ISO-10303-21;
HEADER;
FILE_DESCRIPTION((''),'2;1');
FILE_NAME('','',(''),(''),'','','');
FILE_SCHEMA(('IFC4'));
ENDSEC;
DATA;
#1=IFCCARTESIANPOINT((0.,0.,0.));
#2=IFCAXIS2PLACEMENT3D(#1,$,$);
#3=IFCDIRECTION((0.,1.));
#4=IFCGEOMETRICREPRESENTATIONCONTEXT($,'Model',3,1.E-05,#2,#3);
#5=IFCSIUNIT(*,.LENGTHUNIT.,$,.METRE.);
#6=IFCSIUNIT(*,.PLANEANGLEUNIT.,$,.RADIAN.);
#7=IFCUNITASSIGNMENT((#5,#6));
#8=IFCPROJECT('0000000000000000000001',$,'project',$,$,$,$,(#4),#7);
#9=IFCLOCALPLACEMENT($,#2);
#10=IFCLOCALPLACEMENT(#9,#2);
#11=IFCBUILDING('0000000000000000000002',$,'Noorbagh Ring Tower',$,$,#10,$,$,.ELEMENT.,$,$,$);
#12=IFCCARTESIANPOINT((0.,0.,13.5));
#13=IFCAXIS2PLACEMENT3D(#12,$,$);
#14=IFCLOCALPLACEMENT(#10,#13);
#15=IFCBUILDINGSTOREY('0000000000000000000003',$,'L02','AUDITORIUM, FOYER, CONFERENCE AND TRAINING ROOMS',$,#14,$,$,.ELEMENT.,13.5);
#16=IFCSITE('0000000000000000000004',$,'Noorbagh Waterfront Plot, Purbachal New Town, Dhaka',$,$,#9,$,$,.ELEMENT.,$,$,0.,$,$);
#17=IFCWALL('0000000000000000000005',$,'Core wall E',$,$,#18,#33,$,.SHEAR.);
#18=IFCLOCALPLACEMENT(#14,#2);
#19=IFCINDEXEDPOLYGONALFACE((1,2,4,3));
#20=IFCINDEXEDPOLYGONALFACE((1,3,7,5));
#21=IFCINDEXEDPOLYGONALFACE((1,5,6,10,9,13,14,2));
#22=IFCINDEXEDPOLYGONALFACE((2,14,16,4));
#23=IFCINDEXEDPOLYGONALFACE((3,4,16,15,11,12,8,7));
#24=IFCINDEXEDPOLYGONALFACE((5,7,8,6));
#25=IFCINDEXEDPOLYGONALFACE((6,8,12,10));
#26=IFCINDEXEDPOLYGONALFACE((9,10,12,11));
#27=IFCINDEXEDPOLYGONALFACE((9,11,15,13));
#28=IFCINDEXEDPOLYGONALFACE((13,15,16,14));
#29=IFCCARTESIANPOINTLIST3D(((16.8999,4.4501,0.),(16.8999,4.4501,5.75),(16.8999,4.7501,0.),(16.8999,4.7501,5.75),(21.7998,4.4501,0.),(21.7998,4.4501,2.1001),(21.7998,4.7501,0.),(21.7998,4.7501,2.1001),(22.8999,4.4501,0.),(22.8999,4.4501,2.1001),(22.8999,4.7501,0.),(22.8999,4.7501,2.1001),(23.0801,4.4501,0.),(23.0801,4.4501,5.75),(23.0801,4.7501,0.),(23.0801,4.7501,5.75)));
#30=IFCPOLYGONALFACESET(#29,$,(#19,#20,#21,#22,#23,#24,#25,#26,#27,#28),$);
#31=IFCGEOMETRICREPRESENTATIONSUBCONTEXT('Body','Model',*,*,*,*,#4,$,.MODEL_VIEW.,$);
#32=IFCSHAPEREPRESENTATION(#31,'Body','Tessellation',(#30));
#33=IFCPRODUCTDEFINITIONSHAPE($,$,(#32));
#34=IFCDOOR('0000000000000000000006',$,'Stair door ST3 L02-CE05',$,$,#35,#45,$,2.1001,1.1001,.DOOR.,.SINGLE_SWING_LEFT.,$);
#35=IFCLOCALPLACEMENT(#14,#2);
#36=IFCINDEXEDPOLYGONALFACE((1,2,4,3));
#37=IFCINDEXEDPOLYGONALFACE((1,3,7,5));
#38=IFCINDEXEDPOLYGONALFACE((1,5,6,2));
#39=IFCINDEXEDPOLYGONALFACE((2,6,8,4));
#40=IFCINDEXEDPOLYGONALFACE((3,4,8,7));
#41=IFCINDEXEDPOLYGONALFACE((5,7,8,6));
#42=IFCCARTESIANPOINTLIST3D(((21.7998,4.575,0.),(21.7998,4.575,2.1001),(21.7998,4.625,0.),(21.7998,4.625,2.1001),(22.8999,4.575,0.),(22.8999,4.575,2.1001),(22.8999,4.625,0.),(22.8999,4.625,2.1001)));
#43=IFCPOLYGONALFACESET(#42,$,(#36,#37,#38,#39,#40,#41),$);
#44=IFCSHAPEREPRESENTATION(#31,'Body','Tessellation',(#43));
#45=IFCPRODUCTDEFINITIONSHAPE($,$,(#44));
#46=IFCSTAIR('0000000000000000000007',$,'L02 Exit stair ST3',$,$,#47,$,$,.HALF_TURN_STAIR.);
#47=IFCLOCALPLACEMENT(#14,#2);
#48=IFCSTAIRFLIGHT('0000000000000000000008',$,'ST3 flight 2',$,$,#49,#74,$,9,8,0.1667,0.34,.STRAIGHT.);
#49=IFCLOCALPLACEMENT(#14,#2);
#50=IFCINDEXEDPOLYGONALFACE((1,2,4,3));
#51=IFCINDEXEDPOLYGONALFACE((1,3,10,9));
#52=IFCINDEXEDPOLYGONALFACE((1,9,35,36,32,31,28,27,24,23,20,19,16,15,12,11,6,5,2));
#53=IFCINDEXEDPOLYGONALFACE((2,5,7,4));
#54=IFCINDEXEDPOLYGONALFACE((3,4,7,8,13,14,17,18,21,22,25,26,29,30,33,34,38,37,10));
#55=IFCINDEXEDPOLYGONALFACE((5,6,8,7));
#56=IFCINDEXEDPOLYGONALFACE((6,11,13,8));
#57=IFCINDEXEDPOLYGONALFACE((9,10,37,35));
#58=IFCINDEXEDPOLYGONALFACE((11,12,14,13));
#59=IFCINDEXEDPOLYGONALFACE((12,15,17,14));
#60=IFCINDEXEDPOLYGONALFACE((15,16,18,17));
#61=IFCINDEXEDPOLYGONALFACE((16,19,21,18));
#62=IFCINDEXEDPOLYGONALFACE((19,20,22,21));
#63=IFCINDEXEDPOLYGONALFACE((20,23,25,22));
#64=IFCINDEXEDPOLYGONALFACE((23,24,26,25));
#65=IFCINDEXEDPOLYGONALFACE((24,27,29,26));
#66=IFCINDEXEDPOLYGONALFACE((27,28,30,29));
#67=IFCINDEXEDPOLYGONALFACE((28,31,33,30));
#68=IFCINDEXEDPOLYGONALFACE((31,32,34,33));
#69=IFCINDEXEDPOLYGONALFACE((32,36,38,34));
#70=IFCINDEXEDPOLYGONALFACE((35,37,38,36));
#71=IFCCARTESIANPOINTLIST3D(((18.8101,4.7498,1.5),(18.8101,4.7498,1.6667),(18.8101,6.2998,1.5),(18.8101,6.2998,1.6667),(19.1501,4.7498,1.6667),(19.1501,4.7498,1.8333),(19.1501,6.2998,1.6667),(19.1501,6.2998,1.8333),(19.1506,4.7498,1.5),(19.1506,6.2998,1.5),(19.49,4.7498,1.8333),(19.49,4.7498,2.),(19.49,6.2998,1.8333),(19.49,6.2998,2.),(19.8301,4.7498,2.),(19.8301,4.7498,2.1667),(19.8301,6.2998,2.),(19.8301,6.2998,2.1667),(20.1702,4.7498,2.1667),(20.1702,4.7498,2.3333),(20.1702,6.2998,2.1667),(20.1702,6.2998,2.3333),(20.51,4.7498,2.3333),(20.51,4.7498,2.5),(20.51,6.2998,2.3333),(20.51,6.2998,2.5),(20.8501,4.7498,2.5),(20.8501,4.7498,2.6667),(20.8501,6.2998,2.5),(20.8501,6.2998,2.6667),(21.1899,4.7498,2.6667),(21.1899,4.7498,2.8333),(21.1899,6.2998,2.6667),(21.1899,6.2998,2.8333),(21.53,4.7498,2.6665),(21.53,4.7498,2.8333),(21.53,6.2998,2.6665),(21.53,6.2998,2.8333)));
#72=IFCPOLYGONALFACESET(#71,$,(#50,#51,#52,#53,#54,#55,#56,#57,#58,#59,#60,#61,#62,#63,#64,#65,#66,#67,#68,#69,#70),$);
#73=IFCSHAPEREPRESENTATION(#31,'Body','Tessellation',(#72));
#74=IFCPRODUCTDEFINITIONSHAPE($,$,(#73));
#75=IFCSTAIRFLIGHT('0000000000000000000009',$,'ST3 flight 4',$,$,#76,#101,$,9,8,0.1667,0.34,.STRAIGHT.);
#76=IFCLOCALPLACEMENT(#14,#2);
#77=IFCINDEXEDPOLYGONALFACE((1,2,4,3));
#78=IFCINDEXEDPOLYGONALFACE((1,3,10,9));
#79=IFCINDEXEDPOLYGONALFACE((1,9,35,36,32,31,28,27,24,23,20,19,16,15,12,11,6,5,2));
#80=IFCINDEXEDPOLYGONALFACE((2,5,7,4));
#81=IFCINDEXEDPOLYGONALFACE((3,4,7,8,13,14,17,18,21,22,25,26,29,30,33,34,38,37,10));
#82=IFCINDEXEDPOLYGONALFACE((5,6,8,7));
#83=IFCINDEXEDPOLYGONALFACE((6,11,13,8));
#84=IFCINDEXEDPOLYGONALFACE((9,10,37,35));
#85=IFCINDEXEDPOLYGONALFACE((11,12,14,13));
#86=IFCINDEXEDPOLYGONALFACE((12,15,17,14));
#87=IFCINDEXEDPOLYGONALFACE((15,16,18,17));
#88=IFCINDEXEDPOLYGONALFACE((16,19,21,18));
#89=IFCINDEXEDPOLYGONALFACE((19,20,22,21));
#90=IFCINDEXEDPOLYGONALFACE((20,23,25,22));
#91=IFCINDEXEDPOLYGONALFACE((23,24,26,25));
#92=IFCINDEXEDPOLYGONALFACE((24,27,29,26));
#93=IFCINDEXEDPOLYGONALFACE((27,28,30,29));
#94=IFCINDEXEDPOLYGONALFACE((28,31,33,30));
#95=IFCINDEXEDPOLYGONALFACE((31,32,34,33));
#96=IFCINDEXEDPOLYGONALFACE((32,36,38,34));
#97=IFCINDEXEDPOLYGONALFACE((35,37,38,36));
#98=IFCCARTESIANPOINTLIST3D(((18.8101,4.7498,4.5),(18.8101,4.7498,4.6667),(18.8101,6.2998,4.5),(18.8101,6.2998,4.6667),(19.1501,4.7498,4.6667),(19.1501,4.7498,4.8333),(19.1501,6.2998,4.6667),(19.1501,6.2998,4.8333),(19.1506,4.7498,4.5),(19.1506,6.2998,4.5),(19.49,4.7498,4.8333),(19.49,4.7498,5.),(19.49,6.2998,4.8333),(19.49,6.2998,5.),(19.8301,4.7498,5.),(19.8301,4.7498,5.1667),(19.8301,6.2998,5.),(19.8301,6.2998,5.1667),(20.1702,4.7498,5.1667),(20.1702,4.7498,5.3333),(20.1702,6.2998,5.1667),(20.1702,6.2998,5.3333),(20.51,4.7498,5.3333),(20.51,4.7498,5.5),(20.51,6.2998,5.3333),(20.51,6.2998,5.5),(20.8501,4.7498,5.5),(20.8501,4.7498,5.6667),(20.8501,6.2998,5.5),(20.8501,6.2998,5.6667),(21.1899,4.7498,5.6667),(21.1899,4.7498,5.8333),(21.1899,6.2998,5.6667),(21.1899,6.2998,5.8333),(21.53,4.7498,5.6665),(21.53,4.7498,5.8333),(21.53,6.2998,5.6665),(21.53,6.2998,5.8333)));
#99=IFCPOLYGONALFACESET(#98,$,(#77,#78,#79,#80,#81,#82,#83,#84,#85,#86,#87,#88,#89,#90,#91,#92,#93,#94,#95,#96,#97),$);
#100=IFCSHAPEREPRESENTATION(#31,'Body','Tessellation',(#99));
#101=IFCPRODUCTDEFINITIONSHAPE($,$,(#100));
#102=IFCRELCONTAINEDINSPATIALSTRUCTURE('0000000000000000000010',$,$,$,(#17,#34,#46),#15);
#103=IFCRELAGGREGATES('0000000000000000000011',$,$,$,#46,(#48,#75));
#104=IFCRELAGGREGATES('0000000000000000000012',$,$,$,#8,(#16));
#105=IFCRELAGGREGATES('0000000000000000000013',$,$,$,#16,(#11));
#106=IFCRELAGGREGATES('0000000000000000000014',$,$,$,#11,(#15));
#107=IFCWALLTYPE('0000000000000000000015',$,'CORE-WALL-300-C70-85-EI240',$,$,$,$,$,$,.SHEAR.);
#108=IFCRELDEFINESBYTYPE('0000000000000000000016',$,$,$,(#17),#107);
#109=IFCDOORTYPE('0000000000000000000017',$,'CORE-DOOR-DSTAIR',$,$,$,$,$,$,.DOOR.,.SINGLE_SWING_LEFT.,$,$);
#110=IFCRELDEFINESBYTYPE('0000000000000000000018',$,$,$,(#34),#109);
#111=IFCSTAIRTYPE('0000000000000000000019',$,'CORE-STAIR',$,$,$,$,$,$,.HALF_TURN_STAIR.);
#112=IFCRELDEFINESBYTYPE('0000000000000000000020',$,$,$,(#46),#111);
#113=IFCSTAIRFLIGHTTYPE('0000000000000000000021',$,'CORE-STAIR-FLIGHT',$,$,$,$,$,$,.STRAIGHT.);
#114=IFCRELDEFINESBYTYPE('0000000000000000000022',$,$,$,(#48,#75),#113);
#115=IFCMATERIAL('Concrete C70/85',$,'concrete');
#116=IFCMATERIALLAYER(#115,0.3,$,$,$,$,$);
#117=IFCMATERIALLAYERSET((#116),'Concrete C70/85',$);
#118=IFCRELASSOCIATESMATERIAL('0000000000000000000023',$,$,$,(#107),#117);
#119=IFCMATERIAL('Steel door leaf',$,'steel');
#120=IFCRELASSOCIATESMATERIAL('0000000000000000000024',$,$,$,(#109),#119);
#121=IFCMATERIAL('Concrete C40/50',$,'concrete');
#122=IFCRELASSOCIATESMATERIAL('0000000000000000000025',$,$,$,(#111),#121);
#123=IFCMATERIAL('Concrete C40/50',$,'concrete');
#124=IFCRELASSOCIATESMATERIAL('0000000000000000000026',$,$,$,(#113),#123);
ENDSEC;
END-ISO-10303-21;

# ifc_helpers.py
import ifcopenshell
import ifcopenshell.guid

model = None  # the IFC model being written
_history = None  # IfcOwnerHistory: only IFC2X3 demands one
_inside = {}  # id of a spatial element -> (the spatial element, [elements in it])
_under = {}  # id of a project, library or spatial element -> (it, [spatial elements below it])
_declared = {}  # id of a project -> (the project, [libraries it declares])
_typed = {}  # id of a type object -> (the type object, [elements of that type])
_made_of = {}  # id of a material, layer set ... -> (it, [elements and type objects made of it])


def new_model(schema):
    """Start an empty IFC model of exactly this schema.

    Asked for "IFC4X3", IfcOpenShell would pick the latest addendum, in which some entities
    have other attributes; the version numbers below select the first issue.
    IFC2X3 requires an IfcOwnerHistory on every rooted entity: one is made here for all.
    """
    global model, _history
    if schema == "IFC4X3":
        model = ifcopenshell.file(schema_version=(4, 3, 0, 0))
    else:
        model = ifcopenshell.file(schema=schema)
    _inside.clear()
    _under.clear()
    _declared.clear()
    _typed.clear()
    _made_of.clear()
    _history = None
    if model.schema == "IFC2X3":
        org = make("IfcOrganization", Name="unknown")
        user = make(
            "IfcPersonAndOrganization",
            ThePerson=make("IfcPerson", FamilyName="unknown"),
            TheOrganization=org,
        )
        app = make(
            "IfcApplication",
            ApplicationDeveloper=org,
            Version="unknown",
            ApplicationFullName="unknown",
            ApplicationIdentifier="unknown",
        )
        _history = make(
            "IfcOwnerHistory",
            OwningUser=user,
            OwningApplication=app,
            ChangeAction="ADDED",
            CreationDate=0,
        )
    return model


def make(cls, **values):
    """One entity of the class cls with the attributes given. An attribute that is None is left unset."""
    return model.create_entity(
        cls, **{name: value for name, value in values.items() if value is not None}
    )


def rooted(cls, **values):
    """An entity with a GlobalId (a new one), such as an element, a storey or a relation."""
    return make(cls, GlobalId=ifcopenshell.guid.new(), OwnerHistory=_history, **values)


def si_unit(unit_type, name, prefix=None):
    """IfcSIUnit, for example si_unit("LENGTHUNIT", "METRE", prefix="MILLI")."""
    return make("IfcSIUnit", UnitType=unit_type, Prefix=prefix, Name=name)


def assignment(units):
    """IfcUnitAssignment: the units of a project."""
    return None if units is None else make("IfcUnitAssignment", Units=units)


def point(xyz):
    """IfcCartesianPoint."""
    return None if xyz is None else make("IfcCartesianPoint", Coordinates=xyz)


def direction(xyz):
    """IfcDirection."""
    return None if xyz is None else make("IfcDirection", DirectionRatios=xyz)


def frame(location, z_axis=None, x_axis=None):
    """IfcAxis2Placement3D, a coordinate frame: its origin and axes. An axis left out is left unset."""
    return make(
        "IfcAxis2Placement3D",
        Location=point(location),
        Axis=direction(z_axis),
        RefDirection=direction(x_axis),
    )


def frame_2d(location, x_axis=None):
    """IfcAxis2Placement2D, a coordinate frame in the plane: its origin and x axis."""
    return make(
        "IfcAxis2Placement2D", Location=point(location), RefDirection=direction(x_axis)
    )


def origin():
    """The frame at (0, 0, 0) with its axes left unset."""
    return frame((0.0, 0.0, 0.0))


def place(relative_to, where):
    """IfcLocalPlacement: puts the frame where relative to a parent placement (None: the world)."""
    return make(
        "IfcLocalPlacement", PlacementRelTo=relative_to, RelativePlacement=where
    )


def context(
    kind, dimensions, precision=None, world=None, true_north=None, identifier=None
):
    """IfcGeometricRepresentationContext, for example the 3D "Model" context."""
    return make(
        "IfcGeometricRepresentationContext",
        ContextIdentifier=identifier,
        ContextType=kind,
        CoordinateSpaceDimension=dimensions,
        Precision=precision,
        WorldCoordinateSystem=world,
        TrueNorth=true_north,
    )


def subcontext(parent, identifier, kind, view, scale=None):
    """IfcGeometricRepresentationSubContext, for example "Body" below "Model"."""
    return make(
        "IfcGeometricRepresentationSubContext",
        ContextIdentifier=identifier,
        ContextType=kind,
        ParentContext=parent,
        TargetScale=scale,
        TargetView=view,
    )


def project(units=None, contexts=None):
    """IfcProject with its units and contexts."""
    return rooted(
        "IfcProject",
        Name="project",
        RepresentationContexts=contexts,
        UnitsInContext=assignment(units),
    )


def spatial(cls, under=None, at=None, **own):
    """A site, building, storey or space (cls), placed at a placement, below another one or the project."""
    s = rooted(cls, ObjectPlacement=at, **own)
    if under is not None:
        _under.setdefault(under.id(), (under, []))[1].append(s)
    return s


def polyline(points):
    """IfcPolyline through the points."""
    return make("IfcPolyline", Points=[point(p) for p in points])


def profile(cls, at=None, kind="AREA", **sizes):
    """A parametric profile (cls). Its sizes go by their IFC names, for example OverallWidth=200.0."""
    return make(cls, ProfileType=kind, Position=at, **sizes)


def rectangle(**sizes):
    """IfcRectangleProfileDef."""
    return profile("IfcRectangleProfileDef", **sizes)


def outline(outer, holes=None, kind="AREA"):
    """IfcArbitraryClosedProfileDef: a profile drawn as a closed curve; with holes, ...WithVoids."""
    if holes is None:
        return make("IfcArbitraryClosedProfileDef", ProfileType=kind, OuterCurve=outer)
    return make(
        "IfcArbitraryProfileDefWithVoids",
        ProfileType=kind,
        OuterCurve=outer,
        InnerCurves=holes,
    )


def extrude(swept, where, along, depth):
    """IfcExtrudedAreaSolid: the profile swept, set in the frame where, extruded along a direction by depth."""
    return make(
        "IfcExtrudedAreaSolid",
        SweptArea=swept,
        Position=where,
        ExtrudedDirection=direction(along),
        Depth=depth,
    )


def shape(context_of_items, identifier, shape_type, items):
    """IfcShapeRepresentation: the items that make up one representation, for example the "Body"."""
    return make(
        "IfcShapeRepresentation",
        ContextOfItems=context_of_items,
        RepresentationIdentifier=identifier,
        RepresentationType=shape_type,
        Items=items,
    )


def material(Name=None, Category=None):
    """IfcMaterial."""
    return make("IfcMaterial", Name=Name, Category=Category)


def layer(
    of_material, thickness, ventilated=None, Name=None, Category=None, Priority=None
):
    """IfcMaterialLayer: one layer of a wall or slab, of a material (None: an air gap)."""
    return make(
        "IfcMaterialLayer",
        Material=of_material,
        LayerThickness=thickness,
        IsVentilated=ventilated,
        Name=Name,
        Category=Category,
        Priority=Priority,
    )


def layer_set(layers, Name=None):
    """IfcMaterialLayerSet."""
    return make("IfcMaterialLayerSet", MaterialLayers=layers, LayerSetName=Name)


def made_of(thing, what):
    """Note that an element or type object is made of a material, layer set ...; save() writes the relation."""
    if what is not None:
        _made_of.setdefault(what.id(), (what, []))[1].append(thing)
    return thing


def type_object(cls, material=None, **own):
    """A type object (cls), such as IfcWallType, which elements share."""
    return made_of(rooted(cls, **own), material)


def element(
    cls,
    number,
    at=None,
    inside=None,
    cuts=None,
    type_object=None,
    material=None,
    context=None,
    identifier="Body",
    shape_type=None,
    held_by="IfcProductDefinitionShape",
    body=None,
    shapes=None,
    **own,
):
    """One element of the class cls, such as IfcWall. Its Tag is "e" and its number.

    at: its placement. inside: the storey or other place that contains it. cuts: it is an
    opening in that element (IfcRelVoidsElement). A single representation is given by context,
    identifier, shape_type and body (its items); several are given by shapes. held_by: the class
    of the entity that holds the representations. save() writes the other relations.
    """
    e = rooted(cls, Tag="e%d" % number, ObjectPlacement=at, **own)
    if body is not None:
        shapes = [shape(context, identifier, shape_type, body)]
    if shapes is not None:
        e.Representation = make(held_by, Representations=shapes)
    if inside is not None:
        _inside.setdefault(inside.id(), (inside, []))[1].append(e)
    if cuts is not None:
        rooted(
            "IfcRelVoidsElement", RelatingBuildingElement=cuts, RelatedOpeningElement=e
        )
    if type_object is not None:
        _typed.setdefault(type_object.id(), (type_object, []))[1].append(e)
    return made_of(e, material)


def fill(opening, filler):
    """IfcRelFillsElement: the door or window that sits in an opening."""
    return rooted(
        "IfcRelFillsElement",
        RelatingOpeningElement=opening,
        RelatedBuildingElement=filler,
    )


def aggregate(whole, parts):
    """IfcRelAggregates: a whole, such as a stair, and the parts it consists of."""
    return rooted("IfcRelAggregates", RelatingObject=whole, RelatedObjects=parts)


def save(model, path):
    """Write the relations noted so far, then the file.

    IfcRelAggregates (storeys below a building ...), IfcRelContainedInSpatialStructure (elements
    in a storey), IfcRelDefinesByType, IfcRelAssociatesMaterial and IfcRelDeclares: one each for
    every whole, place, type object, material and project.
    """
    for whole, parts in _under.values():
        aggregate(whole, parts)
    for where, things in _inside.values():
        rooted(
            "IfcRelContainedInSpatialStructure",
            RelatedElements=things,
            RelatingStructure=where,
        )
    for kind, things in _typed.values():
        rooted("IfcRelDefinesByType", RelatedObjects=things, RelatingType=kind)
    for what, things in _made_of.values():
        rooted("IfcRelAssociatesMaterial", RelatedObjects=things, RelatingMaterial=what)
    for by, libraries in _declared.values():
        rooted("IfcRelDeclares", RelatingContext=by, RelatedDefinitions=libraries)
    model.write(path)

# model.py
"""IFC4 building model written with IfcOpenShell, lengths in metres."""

from ifc_helpers import new_model, si_unit, direction, frame, frame_2d, origin, place, context, subcontext, project, spatial, polyline, rectangle, outline, extrude, material, layer, layer_set, type_object, element, fill, aggregate, save


model = new_model("IFC4")

# Units and contexts
model_context = context("Model", 3, precision=1e-05, world=origin(), true_north=direction((0.0, 1.0)))
body_context = subcontext(model_context, "Body", "Model", "MODEL_VIEW")
ifc_project = project(units=[si_unit("LENGTHUNIT", "METRE"), si_unit("PLANEANGLEUNIT", "RADIAN")], contexts=[model_context])

# Site, building, storey
site_placement = place(None, origin())
site = spatial("IfcSite", under=ifc_project, at=site_placement, Name="Noorbagh Waterfront Plot, Purbachal New Town, Dhaka", CompositionType="ELEMENT", RefElevation=0.0)
building_placement = place(site_placement, origin())
building = spatial("IfcBuilding", under=site, at=building_placement, Name="Noorbagh Ring Tower", CompositionType="ELEMENT")
storey_placement = place(building_placement, frame((0.0, 0.0, 13.5)))
storey = spatial("IfcBuildingStorey", under=building, at=storey_placement, Name="L02", Description="AUDITORIUM, FOYER, CONFERENCE AND TRAINING ROOMS", CompositionType="ELEMENT", Elevation=13.5)

# Wall, opening, door
ifc_material_1 = material(Name="Concrete C70/85", Category="concrete")
ifc_layer_1 = layer(ifc_material_1, 0.3)
ifc_layer_set_1 = layer_set([ifc_layer_1], Name="Concrete C70/85")
wall_type_1 = type_object("IfcWallType", Name="CORE-WALL-300-C70-85-EI240", PredefinedType="SHEAR", material=ifc_layer_set_1)
wall_1_placement = place(storey_placement, frame((16.8999, 4.6001, 0.0), z_axis=(0.0, 0.0, 1.0), x_axis=(1.0, 0.0, 0.0)))
wall_1 = element("IfcWall", 1, at=wall_1_placement, inside=storey, type_object=wall_type_1, Name="Core wall E", PredefinedType="SHEAR", context=body_context, shape_type="SweptSolid", body=[
    extrude(rectangle(XDim=6.1802, YDim=0.3, at=frame_2d((3.0901, 0.0))), origin(), (0.0, 0.0, 1.0), 5.75),
])
opening_1_placement = place(wall_1_placement, frame((4.8999, 0.0, 0.0)))
opening_1 = element("IfcOpeningElement", 2, at=opening_1_placement, cuts=wall_1, PredefinedType="OPENING", context=body_context, shape_type="SweptSolid", body=[
    extrude(rectangle(XDim=1.1001, YDim=2.1001, at=frame_2d((0.55, 1.05))), frame((0.0, 0.1602, 0.0), z_axis=(0.0, -1.0, 0.0), x_axis=(1.0, 0.0, 0.0)), (0.0, 0.0, 1.0), 0.3201),
])
ifc_material_2 = material(Name="Steel door leaf", Category="steel")
door_type_1 = type_object("IfcDoorType", Name="CORE-DOOR-DSTAIR", OperationType="SINGLE_SWING_LEFT", PredefinedType="DOOR", material=ifc_material_2)
door_1_placement = place(opening_1_placement, origin())
door_1 = element("IfcDoor", 3, at=door_1_placement, inside=storey, type_object=door_type_1, Name="Stair door ST3 L02-CE05", OperationType="SINGLE_SWING_LEFT", OverallHeight=2.1001, OverallWidth=1.1001, PredefinedType="DOOR", context=body_context, shape_type="SweptSolid", body=[
    extrude(rectangle(XDim=1.1001, YDim=2.1001, at=frame_2d((0.55, 1.05))), frame((0.0, 0.0249, 0.0), z_axis=(0.0, -1.0, 0.0), x_axis=(1.0, 0.0, 0.0)), (0.0, 0.0, 1.0), 0.05),
])
fill(opening_1, door_1)

# Stair, stair flights
ifc_material_3 = material(Name="Concrete C40/50", Category="concrete")
stair_type = type_object("IfcStairType", Name="CORE-STAIR", PredefinedType="HALF_TURN_STAIR", material=ifc_material_3)
stair_placement = place(storey_placement, origin())
stair = element("IfcStair", 4, at=stair_placement, inside=storey, type_object=stair_type, Name="L02 Exit stair ST3", PredefinedType="HALF_TURN_STAIR")
ifc_material_4 = material(Name="Concrete C40/50", Category="concrete")
stair_flight_type = type_object("IfcStairFlightType", Name="CORE-STAIR-FLIGHT", PredefinedType="STRAIGHT", material=ifc_material_4)
stair_flight_1_placement = place(storey_placement, frame((18.8101, 5.5249, 1.5), z_axis=(0.0, 0.0, 1.0), x_axis=(1.0, 0.0, 0.0)))
stair_flight_1 = element("IfcStairFlight", 5, at=stair_flight_1_placement, type_object=stair_flight_type, Name="ST3 flight 2", NumberOfRisers=9, NumberOfTreads=8, PredefinedType="STRAIGHT", RiserHeight=0.1667, TreadLength=0.34, context=body_context, shape_type="SweptSolid", body=[
    extrude(outline(polyline([(0.0, 0.0), (0.0, 0.1667), (0.3401, 0.1667), (0.3401, 0.3333), (0.6799, 0.3333), (0.6799, 0.5), (1.02, 0.5), (1.02, 0.6667), (1.3601, 0.6667), (1.3601, 0.8333), (1.7, 0.8333), (1.7, 1.0), (2.04, 1.0), (2.04, 1.1667), (2.3799, 1.1667), (2.3799, 1.3333), (2.72, 1.3333), (2.72, 1.5), (2.72, 1.1665), (0.3406, 0.0), (0.0, 0.0)])), frame((0.0, 0.7749, 0.0), z_axis=(0.0, -1.0, 0.0), x_axis=(1.0, 0.0, 0.0)), (0.0, 0.0, 1.0), 1.55),
])
stair_flight_2_placement = place(storey_placement, frame((18.8101, 5.5249, 4.5), z_axis=(0.0, 0.0, 1.0), x_axis=(1.0, 0.0, 0.0)))
stair_flight_2 = element("IfcStairFlight", 6, at=stair_flight_2_placement, type_object=stair_flight_type, Name="ST3 flight 4", NumberOfRisers=9, NumberOfTreads=8, PredefinedType="STRAIGHT", RiserHeight=0.1667, TreadLength=0.34, context=body_context, shape_type="SweptSolid", body=[
    extrude(outline(polyline([(0.0, 0.0), (0.0, 0.1667), (0.3401, 0.1667), (0.3401, 0.3333), (0.6799, 0.3333), (0.6799, 0.5), (1.02, 0.5), (1.02, 0.6667), (1.3601, 0.6667), (1.3601, 0.8333), (1.7, 0.8333), (1.7, 1.0), (2.04, 1.0), (2.04, 1.1667), (2.3799, 1.1667), (2.3799, 1.3333), (2.72, 1.3333), (2.72, 1.5), (2.72, 1.1665), (0.3406, 0.0), (0.0, 0.0)])), frame((0.0, 0.7749, 0.0), z_axis=(0.0, -1.0, 0.0), x_axis=(1.0, 0.0, 0.0)), (0.0, 0.0, 1.0), 1.55),
])
aggregate(stair, [stair_flight_1, stair_flight_2])

save(model, "model.ifc")
